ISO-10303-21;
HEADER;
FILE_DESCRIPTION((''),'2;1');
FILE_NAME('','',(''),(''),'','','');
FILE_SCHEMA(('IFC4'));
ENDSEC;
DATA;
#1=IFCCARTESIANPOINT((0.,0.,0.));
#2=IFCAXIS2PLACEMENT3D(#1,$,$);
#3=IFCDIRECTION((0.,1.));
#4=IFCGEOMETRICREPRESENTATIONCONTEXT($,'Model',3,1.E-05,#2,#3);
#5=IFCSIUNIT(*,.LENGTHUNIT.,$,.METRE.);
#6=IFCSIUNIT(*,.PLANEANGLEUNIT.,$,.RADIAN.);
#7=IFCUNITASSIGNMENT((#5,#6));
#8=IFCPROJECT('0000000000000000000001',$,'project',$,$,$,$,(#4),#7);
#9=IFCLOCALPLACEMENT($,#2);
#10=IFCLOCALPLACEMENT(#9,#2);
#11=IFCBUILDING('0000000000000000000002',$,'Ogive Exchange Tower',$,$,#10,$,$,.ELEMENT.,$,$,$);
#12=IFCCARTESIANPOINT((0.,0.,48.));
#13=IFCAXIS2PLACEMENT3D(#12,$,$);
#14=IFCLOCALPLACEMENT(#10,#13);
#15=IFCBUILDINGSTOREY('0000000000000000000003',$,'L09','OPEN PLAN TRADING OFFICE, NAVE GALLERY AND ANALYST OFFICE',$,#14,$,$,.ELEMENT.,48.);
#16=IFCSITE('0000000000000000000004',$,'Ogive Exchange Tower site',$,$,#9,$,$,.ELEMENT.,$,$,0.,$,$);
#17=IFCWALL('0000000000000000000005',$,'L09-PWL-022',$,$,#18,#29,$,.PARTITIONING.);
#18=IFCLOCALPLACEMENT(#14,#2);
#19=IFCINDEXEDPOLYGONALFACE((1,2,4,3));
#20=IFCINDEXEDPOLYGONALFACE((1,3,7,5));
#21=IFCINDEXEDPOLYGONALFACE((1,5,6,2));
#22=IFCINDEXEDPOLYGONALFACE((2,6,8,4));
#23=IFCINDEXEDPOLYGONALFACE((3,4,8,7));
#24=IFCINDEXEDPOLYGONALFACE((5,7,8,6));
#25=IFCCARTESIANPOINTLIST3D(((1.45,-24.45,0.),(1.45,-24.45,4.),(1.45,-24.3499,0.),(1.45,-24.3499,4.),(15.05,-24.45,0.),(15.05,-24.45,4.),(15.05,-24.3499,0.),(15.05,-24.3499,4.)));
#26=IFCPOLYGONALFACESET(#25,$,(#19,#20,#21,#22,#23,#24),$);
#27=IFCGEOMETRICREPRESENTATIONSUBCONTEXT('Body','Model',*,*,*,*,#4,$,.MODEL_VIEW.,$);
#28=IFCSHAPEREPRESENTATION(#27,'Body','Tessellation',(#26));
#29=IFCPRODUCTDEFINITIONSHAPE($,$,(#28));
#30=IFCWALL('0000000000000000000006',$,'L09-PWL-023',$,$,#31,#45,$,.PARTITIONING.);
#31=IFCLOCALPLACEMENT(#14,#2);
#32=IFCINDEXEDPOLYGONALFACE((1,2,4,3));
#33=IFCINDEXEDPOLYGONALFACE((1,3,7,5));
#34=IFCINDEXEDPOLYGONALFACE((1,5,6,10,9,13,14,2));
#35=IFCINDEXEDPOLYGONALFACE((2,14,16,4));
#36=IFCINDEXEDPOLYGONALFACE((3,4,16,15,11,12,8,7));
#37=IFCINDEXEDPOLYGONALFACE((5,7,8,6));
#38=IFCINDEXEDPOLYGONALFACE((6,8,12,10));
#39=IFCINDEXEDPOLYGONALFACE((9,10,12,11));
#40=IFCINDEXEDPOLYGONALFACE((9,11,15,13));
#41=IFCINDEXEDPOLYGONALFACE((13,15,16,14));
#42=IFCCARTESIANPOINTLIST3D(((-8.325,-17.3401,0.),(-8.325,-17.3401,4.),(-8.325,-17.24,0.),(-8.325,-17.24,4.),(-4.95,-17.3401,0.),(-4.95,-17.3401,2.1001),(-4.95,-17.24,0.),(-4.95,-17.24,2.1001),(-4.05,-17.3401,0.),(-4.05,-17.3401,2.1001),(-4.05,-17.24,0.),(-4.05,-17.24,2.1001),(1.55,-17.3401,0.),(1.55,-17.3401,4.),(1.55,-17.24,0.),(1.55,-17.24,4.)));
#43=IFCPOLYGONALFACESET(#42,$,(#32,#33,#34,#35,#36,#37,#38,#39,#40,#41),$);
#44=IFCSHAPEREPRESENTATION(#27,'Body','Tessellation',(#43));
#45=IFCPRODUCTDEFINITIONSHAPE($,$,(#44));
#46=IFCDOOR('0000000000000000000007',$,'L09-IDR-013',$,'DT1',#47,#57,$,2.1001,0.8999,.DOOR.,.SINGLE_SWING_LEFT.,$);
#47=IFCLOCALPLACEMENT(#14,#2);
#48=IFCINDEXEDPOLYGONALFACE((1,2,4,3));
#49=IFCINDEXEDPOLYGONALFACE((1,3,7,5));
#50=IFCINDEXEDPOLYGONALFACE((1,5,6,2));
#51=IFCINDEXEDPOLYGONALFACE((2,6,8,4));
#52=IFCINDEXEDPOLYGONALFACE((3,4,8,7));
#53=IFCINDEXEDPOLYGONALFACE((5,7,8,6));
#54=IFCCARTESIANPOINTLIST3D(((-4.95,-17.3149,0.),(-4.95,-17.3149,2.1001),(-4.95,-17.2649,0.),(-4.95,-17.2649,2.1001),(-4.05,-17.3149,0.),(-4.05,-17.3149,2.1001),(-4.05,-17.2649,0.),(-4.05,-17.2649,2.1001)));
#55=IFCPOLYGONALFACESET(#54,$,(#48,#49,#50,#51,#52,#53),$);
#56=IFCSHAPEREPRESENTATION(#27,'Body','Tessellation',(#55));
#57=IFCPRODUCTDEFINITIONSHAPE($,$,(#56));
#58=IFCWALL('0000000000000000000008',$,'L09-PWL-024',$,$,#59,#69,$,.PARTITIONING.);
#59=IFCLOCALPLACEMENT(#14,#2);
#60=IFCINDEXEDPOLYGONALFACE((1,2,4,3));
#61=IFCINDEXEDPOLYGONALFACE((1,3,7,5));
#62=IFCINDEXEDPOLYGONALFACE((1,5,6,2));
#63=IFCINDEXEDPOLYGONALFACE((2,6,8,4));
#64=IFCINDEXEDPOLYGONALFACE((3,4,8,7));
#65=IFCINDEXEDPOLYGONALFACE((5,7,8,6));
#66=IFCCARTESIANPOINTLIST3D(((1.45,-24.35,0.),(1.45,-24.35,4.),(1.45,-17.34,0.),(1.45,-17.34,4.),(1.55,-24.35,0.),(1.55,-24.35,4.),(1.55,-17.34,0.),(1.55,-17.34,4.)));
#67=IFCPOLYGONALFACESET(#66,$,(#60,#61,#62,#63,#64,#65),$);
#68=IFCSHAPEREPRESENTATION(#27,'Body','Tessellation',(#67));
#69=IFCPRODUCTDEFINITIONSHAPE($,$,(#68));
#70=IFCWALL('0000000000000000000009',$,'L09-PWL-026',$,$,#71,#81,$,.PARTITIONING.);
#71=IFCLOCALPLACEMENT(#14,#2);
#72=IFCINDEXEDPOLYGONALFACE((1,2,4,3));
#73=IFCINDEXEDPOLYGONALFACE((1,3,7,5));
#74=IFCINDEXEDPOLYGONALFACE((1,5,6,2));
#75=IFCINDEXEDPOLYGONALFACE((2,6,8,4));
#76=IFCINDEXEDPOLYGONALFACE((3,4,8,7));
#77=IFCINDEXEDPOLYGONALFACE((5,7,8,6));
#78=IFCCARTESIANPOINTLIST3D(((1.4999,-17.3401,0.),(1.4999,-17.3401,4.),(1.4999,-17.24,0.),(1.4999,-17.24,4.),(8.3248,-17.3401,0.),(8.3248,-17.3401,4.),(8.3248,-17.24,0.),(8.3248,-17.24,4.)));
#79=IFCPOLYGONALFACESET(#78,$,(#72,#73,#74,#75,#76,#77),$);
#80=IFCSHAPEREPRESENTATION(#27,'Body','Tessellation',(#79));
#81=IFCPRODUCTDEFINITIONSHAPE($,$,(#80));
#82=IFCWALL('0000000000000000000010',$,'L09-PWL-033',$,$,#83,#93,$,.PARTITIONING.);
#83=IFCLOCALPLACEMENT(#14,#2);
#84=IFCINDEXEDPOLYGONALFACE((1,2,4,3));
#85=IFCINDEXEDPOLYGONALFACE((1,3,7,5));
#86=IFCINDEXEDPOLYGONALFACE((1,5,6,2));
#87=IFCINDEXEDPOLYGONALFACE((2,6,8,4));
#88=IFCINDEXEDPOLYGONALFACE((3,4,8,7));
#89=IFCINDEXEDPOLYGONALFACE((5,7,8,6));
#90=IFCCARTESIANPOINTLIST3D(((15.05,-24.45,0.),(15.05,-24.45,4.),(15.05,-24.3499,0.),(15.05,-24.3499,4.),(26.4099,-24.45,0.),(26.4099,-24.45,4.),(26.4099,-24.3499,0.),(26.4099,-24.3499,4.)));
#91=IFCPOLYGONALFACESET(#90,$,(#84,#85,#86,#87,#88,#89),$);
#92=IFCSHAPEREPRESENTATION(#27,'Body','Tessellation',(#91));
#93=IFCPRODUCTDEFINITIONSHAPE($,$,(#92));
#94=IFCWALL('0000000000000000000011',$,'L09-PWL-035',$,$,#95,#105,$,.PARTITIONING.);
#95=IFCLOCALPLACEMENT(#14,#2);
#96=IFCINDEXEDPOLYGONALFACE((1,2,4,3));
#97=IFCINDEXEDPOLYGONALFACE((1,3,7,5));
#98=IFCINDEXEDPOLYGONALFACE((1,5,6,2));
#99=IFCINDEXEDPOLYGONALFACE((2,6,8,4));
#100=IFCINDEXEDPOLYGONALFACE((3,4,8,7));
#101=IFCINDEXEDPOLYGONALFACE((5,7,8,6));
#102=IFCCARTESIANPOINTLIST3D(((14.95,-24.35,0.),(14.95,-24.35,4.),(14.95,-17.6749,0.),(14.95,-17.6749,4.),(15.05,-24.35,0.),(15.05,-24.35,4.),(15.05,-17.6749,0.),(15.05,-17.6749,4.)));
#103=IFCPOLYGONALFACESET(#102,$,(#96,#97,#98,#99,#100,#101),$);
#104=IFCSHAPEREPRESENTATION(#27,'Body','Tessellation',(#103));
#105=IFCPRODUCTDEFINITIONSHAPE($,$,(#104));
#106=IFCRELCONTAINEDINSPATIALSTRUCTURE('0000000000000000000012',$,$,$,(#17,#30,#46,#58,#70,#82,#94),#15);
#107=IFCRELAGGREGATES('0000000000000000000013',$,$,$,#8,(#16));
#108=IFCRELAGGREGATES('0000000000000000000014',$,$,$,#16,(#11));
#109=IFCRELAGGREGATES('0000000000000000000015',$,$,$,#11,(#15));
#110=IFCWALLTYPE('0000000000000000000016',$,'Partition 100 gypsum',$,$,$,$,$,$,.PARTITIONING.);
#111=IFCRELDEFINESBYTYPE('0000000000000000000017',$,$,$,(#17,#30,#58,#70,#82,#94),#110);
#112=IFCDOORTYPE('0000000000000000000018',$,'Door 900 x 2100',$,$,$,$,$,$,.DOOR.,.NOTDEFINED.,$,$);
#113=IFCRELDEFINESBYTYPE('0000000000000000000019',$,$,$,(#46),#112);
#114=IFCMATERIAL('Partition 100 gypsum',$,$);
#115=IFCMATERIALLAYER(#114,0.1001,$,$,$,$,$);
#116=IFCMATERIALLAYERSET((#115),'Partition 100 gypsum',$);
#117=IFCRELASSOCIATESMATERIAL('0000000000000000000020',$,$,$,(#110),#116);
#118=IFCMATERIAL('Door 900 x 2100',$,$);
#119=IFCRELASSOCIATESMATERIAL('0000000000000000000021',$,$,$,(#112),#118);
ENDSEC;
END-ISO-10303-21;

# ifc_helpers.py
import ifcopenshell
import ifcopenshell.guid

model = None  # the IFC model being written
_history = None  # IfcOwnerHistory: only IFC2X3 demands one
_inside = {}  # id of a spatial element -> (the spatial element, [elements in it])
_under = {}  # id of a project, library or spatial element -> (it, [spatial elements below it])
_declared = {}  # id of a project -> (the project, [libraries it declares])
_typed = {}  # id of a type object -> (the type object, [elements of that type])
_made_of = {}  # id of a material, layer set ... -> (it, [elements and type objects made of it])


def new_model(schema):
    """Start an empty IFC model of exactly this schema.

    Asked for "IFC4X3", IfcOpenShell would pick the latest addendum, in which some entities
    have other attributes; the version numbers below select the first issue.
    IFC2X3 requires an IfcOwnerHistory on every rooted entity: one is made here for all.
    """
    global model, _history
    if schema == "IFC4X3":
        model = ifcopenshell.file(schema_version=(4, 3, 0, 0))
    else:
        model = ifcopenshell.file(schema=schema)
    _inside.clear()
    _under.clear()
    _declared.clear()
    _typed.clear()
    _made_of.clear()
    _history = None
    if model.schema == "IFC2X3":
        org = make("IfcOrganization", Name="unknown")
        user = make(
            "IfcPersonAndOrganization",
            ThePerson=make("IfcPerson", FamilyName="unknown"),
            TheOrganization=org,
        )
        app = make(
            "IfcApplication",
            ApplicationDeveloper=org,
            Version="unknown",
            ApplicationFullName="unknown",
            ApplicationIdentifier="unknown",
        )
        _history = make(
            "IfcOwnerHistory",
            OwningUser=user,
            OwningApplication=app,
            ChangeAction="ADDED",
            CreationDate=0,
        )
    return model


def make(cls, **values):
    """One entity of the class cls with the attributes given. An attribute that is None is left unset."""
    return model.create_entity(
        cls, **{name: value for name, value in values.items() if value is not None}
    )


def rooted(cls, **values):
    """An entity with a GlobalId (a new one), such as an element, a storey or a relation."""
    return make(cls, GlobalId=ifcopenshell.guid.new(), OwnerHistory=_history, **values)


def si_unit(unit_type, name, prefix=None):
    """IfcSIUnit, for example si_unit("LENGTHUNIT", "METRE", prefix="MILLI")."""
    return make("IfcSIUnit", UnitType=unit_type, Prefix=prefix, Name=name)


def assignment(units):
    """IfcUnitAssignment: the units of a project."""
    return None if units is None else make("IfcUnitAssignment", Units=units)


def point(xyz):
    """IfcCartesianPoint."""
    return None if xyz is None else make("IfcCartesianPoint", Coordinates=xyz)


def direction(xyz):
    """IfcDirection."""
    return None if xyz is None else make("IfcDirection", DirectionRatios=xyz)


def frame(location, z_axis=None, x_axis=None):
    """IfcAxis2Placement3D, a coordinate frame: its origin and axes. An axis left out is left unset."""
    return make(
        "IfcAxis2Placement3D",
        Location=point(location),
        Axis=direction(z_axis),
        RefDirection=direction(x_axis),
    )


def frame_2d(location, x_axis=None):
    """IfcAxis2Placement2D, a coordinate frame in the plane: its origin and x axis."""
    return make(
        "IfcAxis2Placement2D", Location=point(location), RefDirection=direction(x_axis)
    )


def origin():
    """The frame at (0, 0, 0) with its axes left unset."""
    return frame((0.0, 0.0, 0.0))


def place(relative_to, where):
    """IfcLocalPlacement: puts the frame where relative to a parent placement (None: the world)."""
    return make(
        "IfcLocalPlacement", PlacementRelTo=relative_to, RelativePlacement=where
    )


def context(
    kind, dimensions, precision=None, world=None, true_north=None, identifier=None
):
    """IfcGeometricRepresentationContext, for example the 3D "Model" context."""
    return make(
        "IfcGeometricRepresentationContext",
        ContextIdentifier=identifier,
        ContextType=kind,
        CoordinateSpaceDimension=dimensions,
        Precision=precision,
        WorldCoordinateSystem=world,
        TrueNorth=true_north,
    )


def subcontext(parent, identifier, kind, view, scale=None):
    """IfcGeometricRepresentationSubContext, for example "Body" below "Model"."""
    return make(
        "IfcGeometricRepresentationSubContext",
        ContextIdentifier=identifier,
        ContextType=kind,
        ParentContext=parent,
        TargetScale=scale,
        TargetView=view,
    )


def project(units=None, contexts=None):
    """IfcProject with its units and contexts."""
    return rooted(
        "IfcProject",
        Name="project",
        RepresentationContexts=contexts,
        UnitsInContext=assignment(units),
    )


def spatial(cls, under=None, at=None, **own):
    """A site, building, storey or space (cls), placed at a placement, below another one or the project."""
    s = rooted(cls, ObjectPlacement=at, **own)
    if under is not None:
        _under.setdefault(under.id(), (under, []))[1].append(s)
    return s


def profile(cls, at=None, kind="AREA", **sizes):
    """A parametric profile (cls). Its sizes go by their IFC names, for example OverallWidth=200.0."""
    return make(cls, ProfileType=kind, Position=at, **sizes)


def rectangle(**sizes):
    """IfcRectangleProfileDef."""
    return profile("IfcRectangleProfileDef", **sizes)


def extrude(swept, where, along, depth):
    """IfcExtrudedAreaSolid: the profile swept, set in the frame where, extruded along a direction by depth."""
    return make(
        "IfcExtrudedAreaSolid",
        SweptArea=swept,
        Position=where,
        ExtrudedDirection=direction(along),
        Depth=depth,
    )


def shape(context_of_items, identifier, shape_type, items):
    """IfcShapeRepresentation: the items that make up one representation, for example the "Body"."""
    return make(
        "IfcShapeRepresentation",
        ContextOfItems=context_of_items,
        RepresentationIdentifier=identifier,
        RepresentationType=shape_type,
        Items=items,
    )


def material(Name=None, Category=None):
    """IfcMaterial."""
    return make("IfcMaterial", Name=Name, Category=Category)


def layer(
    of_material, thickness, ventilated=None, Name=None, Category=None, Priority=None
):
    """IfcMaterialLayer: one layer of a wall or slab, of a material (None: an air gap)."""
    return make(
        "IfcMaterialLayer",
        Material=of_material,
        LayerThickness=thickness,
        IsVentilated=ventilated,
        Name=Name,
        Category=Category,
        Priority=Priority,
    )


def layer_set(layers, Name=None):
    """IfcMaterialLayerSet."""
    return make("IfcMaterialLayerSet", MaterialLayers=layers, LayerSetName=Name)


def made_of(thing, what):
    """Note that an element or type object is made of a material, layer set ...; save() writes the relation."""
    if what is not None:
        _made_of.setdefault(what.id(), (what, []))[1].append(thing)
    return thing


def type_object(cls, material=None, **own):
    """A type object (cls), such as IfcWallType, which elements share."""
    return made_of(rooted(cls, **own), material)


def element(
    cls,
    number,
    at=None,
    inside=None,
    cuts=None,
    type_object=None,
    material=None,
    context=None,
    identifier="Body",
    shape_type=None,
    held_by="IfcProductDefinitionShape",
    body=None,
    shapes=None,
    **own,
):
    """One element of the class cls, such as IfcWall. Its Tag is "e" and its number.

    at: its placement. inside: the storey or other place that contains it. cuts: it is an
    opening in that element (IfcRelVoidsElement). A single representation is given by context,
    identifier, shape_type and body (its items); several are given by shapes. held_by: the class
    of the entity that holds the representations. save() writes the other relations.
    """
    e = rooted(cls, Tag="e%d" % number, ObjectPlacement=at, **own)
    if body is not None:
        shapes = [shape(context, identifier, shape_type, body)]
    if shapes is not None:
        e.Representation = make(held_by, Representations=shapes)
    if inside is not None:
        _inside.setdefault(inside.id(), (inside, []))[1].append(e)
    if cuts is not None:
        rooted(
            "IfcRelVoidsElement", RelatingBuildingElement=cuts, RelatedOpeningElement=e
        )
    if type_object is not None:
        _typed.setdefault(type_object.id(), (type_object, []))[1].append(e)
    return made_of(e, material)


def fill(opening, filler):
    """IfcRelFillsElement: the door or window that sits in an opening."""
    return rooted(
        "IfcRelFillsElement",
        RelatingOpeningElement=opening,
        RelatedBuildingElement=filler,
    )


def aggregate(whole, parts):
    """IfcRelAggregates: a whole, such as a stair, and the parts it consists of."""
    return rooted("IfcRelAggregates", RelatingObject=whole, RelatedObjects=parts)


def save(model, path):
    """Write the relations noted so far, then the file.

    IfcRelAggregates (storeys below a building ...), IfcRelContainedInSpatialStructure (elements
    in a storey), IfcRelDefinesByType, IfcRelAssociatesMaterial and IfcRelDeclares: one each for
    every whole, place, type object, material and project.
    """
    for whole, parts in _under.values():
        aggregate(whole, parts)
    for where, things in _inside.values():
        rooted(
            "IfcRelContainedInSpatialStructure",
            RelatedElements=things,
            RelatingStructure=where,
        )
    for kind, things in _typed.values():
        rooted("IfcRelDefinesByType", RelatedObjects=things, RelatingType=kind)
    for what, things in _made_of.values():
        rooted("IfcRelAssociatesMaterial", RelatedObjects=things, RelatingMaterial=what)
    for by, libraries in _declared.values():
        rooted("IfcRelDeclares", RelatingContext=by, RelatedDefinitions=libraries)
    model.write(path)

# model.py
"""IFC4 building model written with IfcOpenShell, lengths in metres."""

from ifc_helpers import new_model, si_unit, direction, frame, frame_2d, origin, place, context, subcontext, project, spatial, rectangle, extrude, material, layer, layer_set, type_object, element, fill, save


model = new_model("IFC4")

# Units and contexts
model_context = context("Model", 3, precision=1e-05, world=origin(), true_north=direction((0.0, 1.0)))
body_context = subcontext(model_context, "Body", "Model", "MODEL_VIEW")
ifc_project = project(units=[si_unit("LENGTHUNIT", "METRE"), si_unit("PLANEANGLEUNIT", "RADIAN")], contexts=[model_context])

# Site, building, storey
site_placement = place(None, origin())
site = spatial("IfcSite", under=ifc_project, at=site_placement, Name="Ogive Exchange Tower site", CompositionType="ELEMENT", RefElevation=0.0)
building_placement = place(site_placement, origin())
building = spatial("IfcBuilding", under=site, at=building_placement, Name="Ogive Exchange Tower", CompositionType="ELEMENT")
storey_placement = place(building_placement, frame((0.0, 0.0, 48.0)))
storey = spatial("IfcBuildingStorey", under=building, at=storey_placement, Name="L09", Description="OPEN PLAN TRADING OFFICE, NAVE GALLERY AND ANALYST OFFICE", CompositionType="ELEMENT", Elevation=48.0)

# Wall
ifc_material_1 = material(Name="Partition 100 gypsum")
ifc_layer_1 = layer(ifc_material_1, 0.1001)
ifc_layer_set_1 = layer_set([ifc_layer_1], Name="Partition 100 gypsum")
wall_type_1 = type_object("IfcWallType", Name="Partition 100 gypsum", PredefinedType="PARTITIONING", material=ifc_layer_set_1)
wall_1_placement = place(storey_placement, frame((1.45, -24.3999, 0.0), z_axis=(0.0, 0.0, 1.0), x_axis=(1.0, 0.0, 0.0)))
element("IfcWall", 1, at=wall_1_placement, inside=storey, type_object=wall_type_1, Name="L09-PWL-022", PredefinedType="PARTITIONING", context=body_context, shape_type="SweptSolid", body=[
    extrude(rectangle(XDim=13.6001, YDim=0.1001, at=frame_2d((6.8, 0.0))), origin(), (0.0, 0.0, 1.0), 4.0),
])

# Wall, opening, door
wall_2_placement = place(storey_placement, frame((1.55, -17.29, 0.0), z_axis=(0.0, 0.0, 1.0), x_axis=(-1.0, 0.0, 0.0)))
wall_2 = element("IfcWall", 2, at=wall_2_placement, inside=storey, type_object=wall_type_1, Name="L09-PWL-023", PredefinedType="PARTITIONING", context=body_context, shape_type="SweptSolid", body=[
    extrude(rectangle(XDim=9.875, YDim=0.1001, at=frame_2d((4.9375, 0.0))), origin(), (0.0, 0.0, 1.0), 4.0),
])
opening_1_placement = place(wall_2_placement, frame((5.6001, 0.0, 0.0)))
opening_1 = element("IfcOpeningElement", 3, at=opening_1_placement, cuts=wall_2, PredefinedType="OPENING", context=body_context, shape_type="SweptSolid", body=[
    extrude(rectangle(XDim=0.8999, YDim=2.1001, at=frame_2d((0.45, 1.05))), frame((0.0, 0.0601, 0.0), z_axis=(0.0, -1.0, 0.0), x_axis=(1.0, 0.0, 0.0)), (0.0, 0.0, 1.0), 0.1201),
])
ifc_material_2 = material(Name="Door 900 x 2100")
door_type_1 = type_object("IfcDoorType", Name="Door 900 x 2100", OperationType="NOTDEFINED", PredefinedType="DOOR", material=ifc_material_2)
door_1_placement = place(opening_1_placement, origin())
door_1 = element("IfcDoor", 4, at=door_1_placement, inside=storey, type_object=door_type_1, Name="L09-IDR-013", ObjectType="DT1", OperationType="SINGLE_SWING_LEFT", OverallHeight=2.1001, OverallWidth=0.8999, PredefinedType="DOOR", context=body_context, shape_type="SweptSolid", body=[
    extrude(rectangle(XDim=0.8999, YDim=2.1001, at=frame_2d((0.45, 1.05))), frame((0.0, 0.0249, 0.0), z_axis=(0.0, -1.0, 0.0), x_axis=(1.0, 0.0, 0.0)), (0.0, 0.0, 1.0), 0.05),
])
fill(opening_1, door_1)

# Walls
wall_3_placement = place(storey_placement, frame((1.5, -17.3401, 0.0), z_axis=(0.0, 0.0, 1.0), x_axis=(0.0, -1.0, 0.0)))
element("IfcWall", 5, at=wall_3_placement, inside=storey, type_object=wall_type_1, Name="L09-PWL-024", PredefinedType="PARTITIONING", context=body_context, shape_type="SweptSolid", body=[
    extrude(rectangle(XDim=7.01, YDim=0.1001, at=frame_2d((3.5049, 0.0))), origin(), (0.0, 0.0, 1.0), 4.0),
])
wall_4_placement = place(storey_placement, frame((8.325, -17.29, 0.0), z_axis=(0.0, 0.0, 1.0), x_axis=(-1.0, 0.0, 0.0)))
element("IfcWall", 6, at=wall_4_placement, inside=storey, type_object=wall_type_1, Name="L09-PWL-026", PredefinedType="PARTITIONING", context=body_context, shape_type="SweptSolid", body=[
    extrude(rectangle(XDim=6.825, YDim=0.1001, at=frame_2d((3.4126, 0.0))), origin(), (0.0, 0.0, 1.0), 4.0),
])
wall_5_placement = place(storey_placement, frame((15.05, -24.3999, 0.0), z_axis=(0.0, 0.0, 1.0), x_axis=(1.0, 0.0, 0.0)))
element("IfcWall", 7, at=wall_5_placement, inside=storey, type_object=wall_type_1, Name="L09-PWL-033", PredefinedType="PARTITIONING", context=body_context, shape_type="SweptSolid", body=[
    extrude(rectangle(XDim=11.3599, YDim=0.1001, at=frame_2d((5.6799, 0.0))), origin(), (0.0, 0.0, 1.0), 4.0),
])
wall_6_placement = place(storey_placement, frame((15.0, -17.675, 0.0), z_axis=(0.0, 0.0, 1.0), x_axis=(0.0, -1.0, 0.0)))
element("IfcWall", 8, at=wall_6_placement, inside=storey, type_object=wall_type_1, Name="L09-PWL-035", PredefinedType="PARTITIONING", context=body_context, shape_type="SweptSolid", body=[
    extrude(rectangle(XDim=6.675, YDim=0.1001, at=frame_2d((3.3374, 0.0))), origin(), (0.0, 0.0, 1.0), 4.0),
])

save(model, "model.ifc")
